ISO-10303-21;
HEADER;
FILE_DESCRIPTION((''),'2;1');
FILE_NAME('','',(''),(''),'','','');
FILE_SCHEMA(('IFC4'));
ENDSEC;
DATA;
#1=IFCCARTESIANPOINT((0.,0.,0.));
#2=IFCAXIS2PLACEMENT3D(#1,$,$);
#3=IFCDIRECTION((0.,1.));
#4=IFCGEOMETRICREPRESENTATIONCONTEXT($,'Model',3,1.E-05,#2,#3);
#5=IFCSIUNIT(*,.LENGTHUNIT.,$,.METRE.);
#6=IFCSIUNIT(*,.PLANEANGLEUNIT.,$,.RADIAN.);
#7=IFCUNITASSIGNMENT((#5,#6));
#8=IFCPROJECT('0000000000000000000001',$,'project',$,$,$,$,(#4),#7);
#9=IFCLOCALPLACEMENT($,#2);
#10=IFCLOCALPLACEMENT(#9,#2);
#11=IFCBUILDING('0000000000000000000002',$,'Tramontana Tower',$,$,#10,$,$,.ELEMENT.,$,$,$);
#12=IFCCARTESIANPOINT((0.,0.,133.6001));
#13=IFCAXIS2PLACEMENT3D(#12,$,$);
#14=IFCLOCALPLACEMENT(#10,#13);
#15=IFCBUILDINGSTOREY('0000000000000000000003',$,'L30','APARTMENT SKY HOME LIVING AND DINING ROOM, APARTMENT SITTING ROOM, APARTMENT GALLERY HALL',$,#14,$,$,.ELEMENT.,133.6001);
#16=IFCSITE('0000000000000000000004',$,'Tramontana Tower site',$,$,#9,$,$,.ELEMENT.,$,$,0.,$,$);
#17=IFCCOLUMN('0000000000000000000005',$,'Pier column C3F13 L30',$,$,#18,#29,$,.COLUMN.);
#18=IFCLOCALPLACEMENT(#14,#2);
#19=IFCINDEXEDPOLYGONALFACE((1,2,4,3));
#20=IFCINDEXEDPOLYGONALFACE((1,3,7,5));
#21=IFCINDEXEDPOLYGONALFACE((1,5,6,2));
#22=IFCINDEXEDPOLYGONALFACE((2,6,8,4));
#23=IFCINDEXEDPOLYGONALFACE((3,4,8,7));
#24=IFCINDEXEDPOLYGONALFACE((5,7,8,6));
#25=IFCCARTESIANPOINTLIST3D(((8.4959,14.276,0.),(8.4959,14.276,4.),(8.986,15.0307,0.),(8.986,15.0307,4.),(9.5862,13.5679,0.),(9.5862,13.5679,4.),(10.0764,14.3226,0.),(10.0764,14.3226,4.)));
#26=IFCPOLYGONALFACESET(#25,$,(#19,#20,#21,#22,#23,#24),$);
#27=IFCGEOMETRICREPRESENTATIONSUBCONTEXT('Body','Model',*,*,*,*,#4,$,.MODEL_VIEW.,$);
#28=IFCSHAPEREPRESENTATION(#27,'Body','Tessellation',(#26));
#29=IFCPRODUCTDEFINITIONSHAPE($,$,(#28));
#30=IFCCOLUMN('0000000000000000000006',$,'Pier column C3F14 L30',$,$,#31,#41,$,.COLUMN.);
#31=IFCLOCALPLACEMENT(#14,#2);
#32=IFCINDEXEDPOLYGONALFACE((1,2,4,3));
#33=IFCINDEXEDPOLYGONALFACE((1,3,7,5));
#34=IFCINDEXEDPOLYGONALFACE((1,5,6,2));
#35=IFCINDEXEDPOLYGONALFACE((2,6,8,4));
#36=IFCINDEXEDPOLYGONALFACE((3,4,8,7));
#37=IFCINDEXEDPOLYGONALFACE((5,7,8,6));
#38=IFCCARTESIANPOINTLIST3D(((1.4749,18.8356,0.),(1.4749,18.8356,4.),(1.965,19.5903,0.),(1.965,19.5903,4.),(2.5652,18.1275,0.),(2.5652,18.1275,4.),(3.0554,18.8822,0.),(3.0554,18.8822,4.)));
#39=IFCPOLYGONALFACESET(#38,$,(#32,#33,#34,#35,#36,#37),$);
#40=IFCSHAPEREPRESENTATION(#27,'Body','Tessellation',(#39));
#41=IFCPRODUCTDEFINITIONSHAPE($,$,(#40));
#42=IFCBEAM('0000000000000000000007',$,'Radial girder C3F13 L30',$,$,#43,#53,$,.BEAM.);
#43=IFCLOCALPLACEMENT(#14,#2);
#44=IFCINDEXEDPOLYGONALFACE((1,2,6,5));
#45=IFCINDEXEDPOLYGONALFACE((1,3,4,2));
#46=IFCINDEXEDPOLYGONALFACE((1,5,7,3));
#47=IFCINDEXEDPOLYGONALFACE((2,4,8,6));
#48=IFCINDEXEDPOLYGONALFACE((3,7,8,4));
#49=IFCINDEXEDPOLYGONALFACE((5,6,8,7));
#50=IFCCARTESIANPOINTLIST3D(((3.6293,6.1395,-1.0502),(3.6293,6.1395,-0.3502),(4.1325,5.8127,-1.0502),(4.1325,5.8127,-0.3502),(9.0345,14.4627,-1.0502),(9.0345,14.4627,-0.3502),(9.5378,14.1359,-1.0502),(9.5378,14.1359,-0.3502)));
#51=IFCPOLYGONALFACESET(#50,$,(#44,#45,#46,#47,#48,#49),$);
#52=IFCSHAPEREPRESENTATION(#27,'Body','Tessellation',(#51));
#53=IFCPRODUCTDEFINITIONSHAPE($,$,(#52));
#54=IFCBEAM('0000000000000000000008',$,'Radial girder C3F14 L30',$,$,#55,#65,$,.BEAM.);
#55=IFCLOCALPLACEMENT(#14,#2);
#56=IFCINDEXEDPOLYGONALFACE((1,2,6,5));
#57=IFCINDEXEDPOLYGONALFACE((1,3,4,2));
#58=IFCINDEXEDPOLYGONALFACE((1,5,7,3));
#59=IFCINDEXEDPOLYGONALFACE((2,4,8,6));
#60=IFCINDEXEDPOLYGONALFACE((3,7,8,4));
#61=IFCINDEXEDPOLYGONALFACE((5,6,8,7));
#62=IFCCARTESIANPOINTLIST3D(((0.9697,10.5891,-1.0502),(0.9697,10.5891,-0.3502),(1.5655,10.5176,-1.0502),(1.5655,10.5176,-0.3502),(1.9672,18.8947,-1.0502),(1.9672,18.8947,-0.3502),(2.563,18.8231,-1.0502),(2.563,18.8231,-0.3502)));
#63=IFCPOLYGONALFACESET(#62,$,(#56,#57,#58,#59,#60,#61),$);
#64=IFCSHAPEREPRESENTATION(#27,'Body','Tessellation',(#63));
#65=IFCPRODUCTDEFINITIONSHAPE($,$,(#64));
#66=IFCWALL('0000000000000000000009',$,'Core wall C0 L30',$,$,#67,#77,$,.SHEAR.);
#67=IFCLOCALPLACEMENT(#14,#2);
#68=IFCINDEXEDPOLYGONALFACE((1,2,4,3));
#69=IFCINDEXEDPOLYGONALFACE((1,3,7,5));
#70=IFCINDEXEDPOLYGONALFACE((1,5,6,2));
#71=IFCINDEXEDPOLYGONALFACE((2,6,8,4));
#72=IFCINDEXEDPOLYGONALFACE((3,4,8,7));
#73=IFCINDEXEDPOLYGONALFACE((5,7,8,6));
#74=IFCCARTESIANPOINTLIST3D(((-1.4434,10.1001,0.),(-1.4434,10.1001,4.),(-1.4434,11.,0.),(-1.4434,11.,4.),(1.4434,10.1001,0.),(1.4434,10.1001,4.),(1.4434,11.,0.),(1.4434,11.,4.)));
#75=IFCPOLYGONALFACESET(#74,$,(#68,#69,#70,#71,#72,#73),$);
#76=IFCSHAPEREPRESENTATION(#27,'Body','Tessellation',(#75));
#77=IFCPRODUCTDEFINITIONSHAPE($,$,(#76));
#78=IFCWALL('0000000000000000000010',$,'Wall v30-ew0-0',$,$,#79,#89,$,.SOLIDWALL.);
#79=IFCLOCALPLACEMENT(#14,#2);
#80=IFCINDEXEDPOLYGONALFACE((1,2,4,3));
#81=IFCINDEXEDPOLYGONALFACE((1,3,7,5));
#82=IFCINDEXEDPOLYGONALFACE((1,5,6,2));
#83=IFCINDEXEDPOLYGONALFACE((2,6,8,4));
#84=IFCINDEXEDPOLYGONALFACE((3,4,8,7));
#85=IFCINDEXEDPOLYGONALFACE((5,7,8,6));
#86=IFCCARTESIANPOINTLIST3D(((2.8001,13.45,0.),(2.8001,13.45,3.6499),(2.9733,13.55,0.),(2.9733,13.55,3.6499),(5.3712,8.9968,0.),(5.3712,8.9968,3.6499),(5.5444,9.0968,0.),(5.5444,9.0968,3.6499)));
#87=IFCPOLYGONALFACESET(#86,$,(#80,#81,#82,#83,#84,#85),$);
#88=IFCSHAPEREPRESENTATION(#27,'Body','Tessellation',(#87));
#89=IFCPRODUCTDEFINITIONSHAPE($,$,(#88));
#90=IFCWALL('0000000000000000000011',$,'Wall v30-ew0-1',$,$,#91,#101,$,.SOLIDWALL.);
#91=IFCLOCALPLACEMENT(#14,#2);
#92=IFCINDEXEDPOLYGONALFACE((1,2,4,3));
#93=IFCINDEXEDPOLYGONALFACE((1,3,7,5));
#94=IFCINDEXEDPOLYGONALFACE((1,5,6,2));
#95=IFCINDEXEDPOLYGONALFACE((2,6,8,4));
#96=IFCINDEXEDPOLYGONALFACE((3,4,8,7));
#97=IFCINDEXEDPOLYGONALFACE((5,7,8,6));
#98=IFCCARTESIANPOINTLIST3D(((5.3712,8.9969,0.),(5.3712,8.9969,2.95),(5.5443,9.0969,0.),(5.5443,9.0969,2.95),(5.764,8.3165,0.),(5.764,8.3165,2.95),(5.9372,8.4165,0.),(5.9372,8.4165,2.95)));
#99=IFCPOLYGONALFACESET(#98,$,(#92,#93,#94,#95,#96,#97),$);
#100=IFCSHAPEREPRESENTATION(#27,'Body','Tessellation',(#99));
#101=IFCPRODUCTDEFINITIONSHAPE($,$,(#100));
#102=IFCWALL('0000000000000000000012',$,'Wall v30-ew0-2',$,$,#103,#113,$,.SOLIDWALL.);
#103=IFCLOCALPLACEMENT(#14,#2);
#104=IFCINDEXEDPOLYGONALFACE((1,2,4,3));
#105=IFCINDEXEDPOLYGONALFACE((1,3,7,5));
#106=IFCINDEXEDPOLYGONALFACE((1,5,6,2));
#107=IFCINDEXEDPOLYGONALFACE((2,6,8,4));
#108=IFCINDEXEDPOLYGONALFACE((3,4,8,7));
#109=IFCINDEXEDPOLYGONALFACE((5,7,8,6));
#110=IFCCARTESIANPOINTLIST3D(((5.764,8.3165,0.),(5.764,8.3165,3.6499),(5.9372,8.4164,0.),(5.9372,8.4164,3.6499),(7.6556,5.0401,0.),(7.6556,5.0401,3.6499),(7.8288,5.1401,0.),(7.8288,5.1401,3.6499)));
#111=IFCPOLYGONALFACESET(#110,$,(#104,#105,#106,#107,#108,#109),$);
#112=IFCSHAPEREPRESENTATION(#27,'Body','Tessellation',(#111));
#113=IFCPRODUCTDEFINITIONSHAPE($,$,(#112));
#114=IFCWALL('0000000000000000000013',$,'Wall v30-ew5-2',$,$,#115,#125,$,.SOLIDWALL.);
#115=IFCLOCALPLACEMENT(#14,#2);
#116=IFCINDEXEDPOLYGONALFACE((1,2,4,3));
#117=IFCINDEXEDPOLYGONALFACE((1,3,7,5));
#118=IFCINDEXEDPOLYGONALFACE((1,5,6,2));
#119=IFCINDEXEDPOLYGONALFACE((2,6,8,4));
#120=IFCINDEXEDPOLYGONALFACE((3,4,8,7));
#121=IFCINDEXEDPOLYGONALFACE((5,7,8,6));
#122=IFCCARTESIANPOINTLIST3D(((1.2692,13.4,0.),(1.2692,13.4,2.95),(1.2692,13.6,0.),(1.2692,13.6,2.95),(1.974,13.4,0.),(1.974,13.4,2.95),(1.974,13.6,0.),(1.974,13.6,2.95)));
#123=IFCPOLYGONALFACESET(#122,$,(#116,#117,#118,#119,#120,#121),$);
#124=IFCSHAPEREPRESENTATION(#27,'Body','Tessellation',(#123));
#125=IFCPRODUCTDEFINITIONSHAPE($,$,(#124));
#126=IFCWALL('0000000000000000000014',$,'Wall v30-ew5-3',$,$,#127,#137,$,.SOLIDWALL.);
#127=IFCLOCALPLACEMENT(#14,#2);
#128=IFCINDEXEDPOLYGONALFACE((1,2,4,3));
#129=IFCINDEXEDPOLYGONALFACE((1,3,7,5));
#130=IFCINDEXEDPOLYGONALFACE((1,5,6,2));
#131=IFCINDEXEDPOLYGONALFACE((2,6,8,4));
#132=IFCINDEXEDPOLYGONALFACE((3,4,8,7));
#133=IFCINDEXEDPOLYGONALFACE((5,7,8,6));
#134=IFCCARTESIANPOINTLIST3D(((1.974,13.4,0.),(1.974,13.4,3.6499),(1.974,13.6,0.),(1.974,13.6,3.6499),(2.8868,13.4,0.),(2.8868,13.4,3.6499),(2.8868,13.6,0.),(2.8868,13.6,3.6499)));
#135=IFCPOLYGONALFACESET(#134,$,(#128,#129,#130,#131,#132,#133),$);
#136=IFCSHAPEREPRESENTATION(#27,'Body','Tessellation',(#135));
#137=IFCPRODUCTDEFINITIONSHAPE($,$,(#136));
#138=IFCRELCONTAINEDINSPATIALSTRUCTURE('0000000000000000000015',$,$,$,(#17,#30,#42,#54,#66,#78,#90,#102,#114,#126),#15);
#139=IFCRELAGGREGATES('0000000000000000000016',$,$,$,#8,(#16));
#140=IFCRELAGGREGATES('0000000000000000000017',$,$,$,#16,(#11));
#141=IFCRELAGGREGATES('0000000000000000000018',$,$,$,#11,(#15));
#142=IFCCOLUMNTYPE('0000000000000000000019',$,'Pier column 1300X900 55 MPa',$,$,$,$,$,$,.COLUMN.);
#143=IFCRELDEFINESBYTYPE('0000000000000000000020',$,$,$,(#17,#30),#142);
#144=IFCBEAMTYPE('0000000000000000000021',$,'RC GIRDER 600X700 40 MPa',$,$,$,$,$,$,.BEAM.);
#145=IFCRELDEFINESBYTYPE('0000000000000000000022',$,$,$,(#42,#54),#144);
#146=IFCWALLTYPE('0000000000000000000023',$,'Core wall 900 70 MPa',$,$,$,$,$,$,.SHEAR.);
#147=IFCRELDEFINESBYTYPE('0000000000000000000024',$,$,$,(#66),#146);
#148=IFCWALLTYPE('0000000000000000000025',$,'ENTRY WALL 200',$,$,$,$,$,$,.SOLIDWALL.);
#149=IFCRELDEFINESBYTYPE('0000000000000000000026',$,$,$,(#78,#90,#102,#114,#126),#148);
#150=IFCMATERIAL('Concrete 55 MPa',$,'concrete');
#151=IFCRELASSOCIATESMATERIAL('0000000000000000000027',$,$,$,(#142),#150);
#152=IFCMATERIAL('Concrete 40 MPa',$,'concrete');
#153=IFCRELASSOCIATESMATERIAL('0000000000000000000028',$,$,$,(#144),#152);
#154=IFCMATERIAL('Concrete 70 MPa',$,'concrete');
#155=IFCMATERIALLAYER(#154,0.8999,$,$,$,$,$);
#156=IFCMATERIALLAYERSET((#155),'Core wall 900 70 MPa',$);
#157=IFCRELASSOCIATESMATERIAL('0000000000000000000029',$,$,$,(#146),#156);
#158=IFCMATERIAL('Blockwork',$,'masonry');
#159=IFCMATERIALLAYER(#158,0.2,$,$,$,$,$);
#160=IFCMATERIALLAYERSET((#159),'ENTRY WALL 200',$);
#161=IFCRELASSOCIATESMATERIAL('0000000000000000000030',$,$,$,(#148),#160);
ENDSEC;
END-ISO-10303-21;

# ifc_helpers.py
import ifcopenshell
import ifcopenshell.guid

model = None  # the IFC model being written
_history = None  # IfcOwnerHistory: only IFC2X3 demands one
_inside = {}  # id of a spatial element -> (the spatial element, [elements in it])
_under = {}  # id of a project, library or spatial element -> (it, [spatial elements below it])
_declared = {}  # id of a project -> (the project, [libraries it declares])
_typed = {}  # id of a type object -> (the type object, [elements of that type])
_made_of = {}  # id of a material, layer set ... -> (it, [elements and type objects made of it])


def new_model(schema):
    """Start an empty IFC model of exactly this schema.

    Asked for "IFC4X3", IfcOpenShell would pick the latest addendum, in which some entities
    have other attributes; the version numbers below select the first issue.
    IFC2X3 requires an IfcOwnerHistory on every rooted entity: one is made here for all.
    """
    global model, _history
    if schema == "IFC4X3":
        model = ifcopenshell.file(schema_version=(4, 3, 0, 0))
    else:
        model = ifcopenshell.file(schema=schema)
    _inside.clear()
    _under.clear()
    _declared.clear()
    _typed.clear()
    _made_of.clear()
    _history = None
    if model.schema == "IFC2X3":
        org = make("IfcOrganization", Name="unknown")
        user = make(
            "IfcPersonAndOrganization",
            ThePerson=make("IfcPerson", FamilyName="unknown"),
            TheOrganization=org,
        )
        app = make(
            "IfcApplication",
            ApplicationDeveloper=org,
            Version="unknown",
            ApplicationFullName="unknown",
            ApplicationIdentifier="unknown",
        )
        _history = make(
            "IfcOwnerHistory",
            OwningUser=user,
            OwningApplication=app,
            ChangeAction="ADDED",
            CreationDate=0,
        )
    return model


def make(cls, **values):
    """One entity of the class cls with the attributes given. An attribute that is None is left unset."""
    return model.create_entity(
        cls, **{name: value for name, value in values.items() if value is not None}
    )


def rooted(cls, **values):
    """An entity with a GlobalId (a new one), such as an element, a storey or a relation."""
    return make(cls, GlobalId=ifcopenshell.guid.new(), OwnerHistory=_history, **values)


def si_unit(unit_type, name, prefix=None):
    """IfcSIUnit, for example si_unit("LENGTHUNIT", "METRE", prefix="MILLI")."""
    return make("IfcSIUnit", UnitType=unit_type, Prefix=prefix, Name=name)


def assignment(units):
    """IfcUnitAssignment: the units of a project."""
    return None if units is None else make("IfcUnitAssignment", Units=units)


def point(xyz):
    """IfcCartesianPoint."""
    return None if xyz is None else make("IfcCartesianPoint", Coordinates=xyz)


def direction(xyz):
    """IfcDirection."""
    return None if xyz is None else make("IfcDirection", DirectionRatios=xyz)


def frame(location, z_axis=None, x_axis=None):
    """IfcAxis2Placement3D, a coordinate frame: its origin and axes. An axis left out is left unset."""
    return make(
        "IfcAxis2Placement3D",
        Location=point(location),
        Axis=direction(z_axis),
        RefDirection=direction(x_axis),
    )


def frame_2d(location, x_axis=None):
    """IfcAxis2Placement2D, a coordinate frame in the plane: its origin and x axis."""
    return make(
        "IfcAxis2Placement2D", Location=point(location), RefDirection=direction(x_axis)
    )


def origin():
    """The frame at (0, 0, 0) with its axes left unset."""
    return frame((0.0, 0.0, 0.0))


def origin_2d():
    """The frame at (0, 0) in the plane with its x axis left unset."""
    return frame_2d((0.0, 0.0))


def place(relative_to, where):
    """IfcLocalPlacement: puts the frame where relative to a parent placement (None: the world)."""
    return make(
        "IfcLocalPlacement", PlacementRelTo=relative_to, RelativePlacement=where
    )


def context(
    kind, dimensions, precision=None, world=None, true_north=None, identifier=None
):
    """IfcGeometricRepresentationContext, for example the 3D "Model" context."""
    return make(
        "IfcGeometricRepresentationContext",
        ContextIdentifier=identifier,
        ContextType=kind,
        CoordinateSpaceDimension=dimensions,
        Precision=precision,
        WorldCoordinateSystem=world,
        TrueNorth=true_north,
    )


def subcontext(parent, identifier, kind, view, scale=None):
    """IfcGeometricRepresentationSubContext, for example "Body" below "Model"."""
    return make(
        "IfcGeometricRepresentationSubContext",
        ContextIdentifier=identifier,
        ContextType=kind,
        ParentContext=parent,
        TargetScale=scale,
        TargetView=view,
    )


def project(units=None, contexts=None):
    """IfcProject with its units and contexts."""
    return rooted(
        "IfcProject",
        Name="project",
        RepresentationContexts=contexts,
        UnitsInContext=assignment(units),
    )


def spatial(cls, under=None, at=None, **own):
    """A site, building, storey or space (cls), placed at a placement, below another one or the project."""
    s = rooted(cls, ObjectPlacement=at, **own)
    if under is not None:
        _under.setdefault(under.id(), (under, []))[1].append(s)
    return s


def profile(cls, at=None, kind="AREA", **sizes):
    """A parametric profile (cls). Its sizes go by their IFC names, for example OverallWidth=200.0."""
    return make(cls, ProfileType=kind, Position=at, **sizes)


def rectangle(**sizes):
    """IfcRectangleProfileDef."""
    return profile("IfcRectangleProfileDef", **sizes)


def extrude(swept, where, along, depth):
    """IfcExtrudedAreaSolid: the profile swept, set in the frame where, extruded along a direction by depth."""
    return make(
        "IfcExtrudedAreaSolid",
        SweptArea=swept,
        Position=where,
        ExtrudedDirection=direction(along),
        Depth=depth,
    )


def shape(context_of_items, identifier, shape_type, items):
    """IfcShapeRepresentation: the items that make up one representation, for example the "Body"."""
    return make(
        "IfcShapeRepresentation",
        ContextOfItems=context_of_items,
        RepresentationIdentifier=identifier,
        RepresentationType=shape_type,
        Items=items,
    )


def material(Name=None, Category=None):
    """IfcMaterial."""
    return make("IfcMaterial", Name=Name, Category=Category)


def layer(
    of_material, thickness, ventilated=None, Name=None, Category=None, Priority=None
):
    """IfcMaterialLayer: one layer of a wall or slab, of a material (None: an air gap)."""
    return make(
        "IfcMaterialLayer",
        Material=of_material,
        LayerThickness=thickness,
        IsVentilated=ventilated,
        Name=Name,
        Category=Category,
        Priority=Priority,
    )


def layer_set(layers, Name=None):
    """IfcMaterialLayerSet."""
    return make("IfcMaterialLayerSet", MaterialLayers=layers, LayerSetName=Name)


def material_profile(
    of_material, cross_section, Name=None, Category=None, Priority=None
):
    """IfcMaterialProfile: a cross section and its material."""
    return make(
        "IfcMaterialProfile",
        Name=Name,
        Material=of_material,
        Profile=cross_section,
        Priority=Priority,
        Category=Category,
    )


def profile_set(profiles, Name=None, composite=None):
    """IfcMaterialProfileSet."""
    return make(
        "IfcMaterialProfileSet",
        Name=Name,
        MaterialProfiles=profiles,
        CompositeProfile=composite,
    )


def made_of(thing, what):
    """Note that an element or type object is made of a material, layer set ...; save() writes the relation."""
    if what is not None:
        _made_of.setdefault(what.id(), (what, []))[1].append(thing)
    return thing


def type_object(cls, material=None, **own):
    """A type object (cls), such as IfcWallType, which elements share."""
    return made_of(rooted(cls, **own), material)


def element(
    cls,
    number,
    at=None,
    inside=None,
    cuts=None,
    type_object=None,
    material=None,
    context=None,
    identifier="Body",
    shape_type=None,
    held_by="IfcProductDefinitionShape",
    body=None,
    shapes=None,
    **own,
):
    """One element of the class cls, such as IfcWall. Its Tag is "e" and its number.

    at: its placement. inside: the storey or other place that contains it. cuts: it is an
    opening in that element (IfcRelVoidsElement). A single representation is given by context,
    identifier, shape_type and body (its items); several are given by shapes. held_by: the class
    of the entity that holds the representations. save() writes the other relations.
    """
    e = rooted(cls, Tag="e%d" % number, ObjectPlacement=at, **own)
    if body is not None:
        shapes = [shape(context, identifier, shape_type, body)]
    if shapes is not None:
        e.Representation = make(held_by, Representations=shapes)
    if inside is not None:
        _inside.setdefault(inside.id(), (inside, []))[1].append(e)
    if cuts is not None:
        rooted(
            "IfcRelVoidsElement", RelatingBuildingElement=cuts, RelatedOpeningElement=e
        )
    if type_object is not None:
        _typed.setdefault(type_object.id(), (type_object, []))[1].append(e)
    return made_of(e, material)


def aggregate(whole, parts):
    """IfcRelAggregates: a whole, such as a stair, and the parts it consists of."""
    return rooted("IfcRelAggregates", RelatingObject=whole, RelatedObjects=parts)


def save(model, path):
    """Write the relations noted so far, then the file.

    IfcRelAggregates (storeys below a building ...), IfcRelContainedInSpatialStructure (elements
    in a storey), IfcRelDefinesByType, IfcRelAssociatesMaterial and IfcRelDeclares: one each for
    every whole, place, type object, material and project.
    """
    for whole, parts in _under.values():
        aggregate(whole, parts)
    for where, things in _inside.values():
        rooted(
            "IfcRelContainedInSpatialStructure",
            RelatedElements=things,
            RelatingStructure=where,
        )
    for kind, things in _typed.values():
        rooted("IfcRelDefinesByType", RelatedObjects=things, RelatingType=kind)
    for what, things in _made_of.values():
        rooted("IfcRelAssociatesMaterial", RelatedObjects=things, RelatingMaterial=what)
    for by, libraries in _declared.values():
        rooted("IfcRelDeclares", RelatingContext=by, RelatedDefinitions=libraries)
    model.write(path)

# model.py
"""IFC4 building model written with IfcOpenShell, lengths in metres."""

from ifc_helpers import new_model, si_unit, direction, frame, frame_2d, origin, origin_2d, place, context, subcontext, project, spatial, rectangle, extrude, material, layer, layer_set, material_profile, profile_set, type_object, element, save


model = new_model("IFC4")

# Units and contexts
model_context = context("Model", 3, precision=1e-05, world=origin(), true_north=direction((0.0, 1.0)))
body_context = subcontext(model_context, "Body", "Model", "MODEL_VIEW")
ifc_project = project(units=[si_unit("LENGTHUNIT", "METRE"), si_unit("PLANEANGLEUNIT", "RADIAN")], contexts=[model_context])

# Site, building, storey
site_placement = place(None, origin())
site = spatial("IfcSite", under=ifc_project, at=site_placement, Name="Tramontana Tower site", CompositionType="ELEMENT", RefElevation=0.0)
building_placement = place(site_placement, origin())
building = spatial("IfcBuilding", under=site, at=building_placement, Name="Tramontana Tower", CompositionType="ELEMENT")
storey_placement = place(building_placement, frame((0.0, 0.0, 133.6001)))
storey = spatial("IfcBuildingStorey", under=building, at=storey_placement, Name="L30", Description="APARTMENT SKY HOME LIVING AND DINING ROOM, APARTMENT SITTING ROOM, APARTMENT GALLERY HALL", CompositionType="ELEMENT", Elevation=133.6001)

# Columns
ifc_material_1 = material(Name="Concrete 55 MPa", Category="concrete")
ifc_material_profile_1 = material_profile(ifc_material_1, rectangle(XDim=1.3, YDim=0.8999, at=origin_2d()), Name="Pier column 1300X900 55 MPa")
ifc_profile_set_1 = profile_set([ifc_material_profile_1], Name="Concrete 55 MPa")
column_type = type_object("IfcColumnType", Name="Pier column 1300X900 55 MPa", PredefinedType="COLUMN", material=ifc_profile_set_1)
for number, where, z_axis, x_axis, name in (
    (1, (9.2861, 14.2993, 0.0), (0.0, 0.0, 1.0), (-0.838671, 0.544639, 0.0), "Pier column C3F13 L30"),
    (2, (2.2651, 18.8589, 0.0), (0.0, 0.0, 1.0), (-0.838671, 0.544639, 0.0), "Pier column C3F14 L30"),
):
    element("IfcColumn", number, at=place(storey_placement, frame(where, z_axis=z_axis, x_axis=x_axis)), inside=storey, type_object=column_type, Name=name, PredefinedType="COLUMN", context=body_context, shape_type="SweptSolid", body=[
        extrude(rectangle(XDim=1.3, YDim=0.8999, at=origin_2d()), origin(), (0.0, 0.0, 1.0), 4.0),
    ])

# Beams
ifc_material_2 = material(Name="Concrete 40 MPa", Category="concrete")
ifc_material_profile_2 = material_profile(ifc_material_2, rectangle(XDim=0.6001, YDim=0.7, at=origin_2d()), Name="RC GIRDER 600X700 40 MPa")
ifc_profile_set_2 = profile_set([ifc_material_profile_2], Name="Concrete 40 MPa")
beam_type = type_object("IfcBeamType", Name="RC GIRDER 600X700 40 MPa", PredefinedType="BEAM", material=ifc_profile_set_2)
beam_1_placement = place(storey_placement, frame((9.2861, 14.2993, -0.7002), z_axis=(-0.544646, -0.838666, 0.0), x_axis=(0.838666, -0.544646, 0.0)))
element("IfcBeam", 3, at=beam_1_placement, inside=storey, type_object=beam_type, Name="Radial girder C3F13 L30", PredefinedType="BEAM", context=body_context, shape_type="SweptSolid", body=[
    extrude(rectangle(XDim=0.6001, YDim=0.7, at=origin_2d()), origin(), (0.0, 0.0, 1.0), 9.9243),
])
beam_2_placement = place(storey_placement, frame((2.2651, 18.8589, -0.7002), z_axis=(-0.119249, -0.992864, 0.0), x_axis=(0.992864, -0.119249, 0.0)))
element("IfcBeam", 4, at=beam_2_placement, inside=storey, type_object=beam_type, Name="Radial girder C3F14 L30", PredefinedType="BEAM", context=body_context, shape_type="SweptSolid", body=[
    extrude(rectangle(XDim=0.6001, YDim=0.7, at=origin_2d()), origin(), (0.0, 0.0, 1.0), 8.3652),
])

# Walls
ifc_material_3 = material(Name="Concrete 70 MPa", Category="concrete")
ifc_layer_1 = layer(ifc_material_3, 0.8999)
ifc_layer_set_1 = layer_set([ifc_layer_1], Name="Core wall 900 70 MPa")
wall_type_1 = type_object("IfcWallType", Name="Core wall 900 70 MPa", PredefinedType="SHEAR", material=ifc_layer_set_1)
wall_1_placement = place(storey_placement, frame((1.4434, 10.55, 0.0), z_axis=(0.0, 0.0, 1.0), x_axis=(-1.0, 0.0, 0.0)))
element("IfcWall", 5, at=wall_1_placement, inside=storey, type_object=wall_type_1, Name="Core wall C0 L30", PredefinedType="SHEAR", context=body_context, shape_type="SweptSolid", body=[
    extrude(rectangle(XDim=2.8867, YDim=0.8999, at=frame_2d((1.4434, 0.0))), origin(), (0.0, 0.0, 1.0), 4.0),
])
ifc_material_4 = material(Name="Blockwork", Category="masonry")
ifc_layer_2 = layer(ifc_material_4, 0.2)
ifc_layer_set_2 = layer_set([ifc_layer_2], Name="ENTRY WALL 200")
wall_type_2 = type_object("IfcWallType", Name="ENTRY WALL 200", PredefinedType="SOLIDWALL", material=ifc_layer_set_2)
wall_2_placement = place(storey_placement, frame((2.8867, 13.5, 0.0), z_axis=(0.0, 0.0, 1.0), x_axis=(0.500005, -0.866023, 0.0)))
element("IfcWall", 6, at=wall_2_placement, inside=storey, type_object=wall_type_2, Name="Wall v30-ew0-0", PredefinedType="SOLIDWALL", context=body_context, shape_type="SweptSolid", body=[
    extrude(rectangle(XDim=5.1421, YDim=0.2, at=frame_2d((2.571, 0.0))), origin(), (0.0, 0.0, 1.0), 3.6499),
])
wall_3_placement = place(storey_placement, frame((5.4578, 9.0469, 0.0), z_axis=(0.0, 0.0, 1.0), x_axis=(0.499982, -0.866036, 0.0)))
element("IfcWall", 7, at=wall_3_placement, inside=storey, type_object=wall_type_2, Name="Wall v30-ew0-1", PredefinedType="SOLIDWALL", context=body_context, shape_type="SweptSolid", body=[
    extrude(rectangle(XDim=0.7856, YDim=0.2, at=frame_2d((0.3928, 0.0))), origin(), (0.0, 0.0, 1.0), 2.95),
])
wall_4_placement = place(storey_placement, frame((5.8506, 8.3665, 0.0), z_axis=(0.0, 0.0, 1.0), x_axis=(0.499998, -0.866027, 0.0)))
element("IfcWall", 8, at=wall_4_placement, inside=storey, type_object=wall_type_2, Name="Wall v30-ew0-2", PredefinedType="SOLIDWALL", context=body_context, shape_type="SweptSolid", body=[
    extrude(rectangle(XDim=3.7832, YDim=0.2, at=frame_2d((1.8916, 0.0))), origin(), (0.0, 0.0, 1.0), 3.6499),
])
wall_5_placement = place(storey_placement, frame((1.269, 13.5, 0.0), z_axis=(0.0, 0.0, 1.0), x_axis=(1.0, 0.0, 0.0)))
element("IfcWall", 9, at=wall_5_placement, inside=storey, type_object=wall_type_2, Name="Wall v30-ew5-2", PredefinedType="SOLIDWALL", context=body_context, shape_type="SweptSolid", body=[
    extrude(rectangle(XDim=0.7048, YDim=0.2, at=frame_2d((0.3525, 0.0))), origin(), (0.0, 0.0, 1.0), 2.95),
])
wall_6_placement = place(storey_placement, frame((1.9739, 13.5, 0.0), z_axis=(0.0, 0.0, 1.0), x_axis=(1.0, 0.0, 0.0)))
element("IfcWall", 10, at=wall_6_placement, inside=storey, type_object=wall_type_2, Name="Wall v30-ew5-3", PredefinedType="SOLIDWALL", context=body_context, shape_type="SweptSolid", body=[
    extrude(rectangle(XDim=0.9128, YDim=0.2, at=frame_2d((0.4565, 0.0))), origin(), (0.0, 0.0, 1.0), 3.6499),
])

save(model, "model.ifc")
